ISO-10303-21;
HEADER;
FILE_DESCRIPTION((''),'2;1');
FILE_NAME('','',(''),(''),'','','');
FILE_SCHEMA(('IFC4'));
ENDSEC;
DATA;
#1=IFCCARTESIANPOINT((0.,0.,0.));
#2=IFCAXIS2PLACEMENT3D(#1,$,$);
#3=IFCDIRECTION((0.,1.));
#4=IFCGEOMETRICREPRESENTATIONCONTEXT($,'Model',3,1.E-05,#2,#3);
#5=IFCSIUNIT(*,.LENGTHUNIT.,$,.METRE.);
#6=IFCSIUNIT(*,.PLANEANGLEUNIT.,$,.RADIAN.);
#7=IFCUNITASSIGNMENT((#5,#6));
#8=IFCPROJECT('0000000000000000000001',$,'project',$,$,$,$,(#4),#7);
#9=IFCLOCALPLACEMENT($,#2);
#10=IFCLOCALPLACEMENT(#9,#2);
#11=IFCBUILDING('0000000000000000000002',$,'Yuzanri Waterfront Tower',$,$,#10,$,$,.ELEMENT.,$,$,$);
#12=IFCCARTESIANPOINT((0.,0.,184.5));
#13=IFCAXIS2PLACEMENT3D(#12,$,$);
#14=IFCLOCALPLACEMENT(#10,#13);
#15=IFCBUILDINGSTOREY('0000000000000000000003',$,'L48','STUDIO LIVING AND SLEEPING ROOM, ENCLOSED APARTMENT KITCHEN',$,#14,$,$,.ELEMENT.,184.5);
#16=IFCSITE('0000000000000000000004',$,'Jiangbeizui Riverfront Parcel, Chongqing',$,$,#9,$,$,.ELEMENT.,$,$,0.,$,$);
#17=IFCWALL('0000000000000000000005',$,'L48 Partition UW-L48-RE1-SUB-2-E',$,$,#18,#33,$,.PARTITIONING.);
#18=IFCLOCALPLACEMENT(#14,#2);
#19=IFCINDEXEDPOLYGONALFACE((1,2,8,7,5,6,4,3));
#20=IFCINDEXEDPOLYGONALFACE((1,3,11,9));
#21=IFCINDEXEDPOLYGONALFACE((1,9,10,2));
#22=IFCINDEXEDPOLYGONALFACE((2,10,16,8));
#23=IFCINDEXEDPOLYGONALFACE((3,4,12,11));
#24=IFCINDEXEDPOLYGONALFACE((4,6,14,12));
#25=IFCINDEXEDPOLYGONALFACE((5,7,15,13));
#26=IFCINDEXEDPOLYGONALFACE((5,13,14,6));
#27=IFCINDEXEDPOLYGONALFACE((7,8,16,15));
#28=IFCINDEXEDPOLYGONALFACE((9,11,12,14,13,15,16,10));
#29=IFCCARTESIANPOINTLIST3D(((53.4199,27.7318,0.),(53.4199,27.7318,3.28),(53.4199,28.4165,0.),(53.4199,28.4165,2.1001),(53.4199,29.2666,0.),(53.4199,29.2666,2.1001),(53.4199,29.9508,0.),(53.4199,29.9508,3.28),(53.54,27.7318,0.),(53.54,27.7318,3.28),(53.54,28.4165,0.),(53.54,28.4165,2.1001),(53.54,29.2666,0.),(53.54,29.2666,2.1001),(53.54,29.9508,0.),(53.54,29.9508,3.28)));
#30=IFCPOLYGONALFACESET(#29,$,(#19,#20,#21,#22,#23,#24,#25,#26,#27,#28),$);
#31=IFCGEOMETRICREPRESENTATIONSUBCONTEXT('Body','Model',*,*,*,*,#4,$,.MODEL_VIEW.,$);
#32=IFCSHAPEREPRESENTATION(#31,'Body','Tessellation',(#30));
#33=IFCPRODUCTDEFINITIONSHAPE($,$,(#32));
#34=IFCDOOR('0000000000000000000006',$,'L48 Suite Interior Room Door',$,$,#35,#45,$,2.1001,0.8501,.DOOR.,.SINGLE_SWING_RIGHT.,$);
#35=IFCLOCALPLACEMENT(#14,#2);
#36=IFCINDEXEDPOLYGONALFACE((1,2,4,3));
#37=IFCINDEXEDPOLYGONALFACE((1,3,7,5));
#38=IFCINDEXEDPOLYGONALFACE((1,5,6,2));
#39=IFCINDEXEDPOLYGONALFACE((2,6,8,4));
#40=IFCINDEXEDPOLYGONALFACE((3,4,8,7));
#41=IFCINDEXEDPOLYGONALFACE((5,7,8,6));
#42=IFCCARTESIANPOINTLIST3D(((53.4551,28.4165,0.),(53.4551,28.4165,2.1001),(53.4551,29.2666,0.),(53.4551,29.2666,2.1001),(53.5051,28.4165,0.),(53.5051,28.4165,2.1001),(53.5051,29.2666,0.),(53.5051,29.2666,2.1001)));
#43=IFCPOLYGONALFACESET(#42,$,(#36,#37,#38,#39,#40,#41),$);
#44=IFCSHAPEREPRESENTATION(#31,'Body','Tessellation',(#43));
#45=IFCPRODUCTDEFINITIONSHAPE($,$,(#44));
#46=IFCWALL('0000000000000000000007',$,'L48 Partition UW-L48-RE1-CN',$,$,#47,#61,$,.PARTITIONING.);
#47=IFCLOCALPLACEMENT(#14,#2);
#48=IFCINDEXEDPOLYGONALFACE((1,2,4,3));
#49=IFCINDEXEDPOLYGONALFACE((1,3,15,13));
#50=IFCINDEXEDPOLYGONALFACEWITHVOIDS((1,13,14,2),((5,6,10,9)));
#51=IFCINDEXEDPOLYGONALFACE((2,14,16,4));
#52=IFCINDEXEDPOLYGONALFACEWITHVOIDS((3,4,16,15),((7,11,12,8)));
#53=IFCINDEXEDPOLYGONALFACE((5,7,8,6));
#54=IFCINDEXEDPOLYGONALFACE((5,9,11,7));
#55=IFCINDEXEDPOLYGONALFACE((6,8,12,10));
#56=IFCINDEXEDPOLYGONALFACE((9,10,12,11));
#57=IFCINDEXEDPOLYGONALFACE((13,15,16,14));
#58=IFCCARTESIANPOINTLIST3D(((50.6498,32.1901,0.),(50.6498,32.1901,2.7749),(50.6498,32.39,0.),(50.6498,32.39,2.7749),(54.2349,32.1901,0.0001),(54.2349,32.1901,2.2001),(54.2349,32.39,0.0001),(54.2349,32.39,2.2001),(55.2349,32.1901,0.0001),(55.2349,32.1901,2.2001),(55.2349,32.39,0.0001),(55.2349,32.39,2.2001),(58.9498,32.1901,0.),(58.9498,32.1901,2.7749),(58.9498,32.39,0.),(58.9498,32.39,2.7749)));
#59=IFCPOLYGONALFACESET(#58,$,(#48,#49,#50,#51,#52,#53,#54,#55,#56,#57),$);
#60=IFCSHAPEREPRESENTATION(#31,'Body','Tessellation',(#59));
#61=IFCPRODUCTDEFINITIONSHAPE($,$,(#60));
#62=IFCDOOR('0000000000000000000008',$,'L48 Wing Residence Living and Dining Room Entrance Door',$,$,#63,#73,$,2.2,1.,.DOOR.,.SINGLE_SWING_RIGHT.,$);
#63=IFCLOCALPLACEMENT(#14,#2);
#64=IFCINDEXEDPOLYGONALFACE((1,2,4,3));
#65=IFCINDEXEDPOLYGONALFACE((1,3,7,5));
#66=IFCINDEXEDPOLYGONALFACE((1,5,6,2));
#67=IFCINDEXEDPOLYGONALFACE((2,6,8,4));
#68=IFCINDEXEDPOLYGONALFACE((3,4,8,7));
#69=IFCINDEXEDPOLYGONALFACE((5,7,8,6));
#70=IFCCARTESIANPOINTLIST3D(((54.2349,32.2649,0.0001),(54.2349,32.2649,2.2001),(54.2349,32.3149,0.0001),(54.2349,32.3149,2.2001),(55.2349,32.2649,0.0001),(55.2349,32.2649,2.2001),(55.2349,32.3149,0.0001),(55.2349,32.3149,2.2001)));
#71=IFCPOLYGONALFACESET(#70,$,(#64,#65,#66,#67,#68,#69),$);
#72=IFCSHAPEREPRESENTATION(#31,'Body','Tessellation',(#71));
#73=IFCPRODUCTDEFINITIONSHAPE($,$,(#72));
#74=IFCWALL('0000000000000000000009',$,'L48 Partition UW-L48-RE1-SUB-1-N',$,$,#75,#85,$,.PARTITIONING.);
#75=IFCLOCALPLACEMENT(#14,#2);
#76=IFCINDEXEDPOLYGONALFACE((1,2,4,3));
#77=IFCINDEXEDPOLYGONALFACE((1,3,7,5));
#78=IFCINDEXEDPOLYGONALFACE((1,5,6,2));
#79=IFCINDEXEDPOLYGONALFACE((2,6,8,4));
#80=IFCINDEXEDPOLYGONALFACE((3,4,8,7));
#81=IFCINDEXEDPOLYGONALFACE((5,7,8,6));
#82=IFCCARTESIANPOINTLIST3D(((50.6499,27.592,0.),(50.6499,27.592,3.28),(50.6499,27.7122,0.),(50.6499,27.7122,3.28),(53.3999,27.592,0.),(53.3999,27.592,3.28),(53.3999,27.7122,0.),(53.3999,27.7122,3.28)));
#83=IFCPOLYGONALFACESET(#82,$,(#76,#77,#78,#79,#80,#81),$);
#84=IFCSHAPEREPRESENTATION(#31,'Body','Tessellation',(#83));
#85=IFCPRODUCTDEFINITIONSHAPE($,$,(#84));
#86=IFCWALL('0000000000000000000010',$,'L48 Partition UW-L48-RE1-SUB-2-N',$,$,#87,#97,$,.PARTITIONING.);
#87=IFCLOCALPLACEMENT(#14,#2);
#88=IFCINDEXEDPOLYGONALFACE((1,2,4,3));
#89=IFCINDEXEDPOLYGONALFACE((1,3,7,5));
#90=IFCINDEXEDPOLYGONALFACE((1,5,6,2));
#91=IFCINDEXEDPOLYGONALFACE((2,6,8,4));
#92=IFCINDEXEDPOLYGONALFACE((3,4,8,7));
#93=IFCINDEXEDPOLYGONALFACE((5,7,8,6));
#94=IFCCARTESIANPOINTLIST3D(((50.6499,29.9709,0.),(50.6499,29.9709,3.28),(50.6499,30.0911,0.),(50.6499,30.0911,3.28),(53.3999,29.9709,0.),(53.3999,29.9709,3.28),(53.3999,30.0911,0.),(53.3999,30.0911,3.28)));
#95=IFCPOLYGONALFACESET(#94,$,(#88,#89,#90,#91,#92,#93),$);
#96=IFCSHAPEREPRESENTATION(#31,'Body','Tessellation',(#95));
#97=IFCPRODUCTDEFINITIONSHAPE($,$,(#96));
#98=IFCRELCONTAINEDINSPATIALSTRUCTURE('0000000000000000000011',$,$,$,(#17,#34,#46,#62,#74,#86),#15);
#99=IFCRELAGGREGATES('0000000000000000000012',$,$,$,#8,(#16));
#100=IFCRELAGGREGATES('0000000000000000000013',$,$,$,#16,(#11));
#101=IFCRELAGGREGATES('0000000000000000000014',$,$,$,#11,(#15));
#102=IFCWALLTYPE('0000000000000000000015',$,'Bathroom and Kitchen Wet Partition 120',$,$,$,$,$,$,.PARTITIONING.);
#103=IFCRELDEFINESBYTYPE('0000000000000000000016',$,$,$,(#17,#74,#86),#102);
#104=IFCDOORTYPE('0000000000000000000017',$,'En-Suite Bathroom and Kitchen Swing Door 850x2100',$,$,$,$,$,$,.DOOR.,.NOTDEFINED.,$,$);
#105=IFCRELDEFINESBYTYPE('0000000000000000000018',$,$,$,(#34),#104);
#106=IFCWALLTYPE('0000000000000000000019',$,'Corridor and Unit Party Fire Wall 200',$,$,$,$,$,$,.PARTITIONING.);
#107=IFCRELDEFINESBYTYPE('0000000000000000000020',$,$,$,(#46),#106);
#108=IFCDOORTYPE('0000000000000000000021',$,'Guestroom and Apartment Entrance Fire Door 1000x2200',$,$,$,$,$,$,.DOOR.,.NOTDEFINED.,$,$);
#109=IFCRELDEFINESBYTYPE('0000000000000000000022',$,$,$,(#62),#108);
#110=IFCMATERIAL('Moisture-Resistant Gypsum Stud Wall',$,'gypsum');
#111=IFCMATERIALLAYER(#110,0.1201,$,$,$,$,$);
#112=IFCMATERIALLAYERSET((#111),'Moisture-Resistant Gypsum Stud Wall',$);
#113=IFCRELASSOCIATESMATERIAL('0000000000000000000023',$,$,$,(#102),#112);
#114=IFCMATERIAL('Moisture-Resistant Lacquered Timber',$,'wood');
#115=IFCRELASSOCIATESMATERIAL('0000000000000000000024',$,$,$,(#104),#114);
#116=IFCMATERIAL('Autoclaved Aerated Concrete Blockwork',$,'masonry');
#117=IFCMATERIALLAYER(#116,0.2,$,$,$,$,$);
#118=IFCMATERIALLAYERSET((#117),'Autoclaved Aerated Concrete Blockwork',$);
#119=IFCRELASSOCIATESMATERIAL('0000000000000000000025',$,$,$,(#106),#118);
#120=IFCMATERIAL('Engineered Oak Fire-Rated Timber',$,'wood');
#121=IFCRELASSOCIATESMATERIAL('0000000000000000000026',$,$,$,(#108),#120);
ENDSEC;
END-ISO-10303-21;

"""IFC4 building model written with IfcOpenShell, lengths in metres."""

from ifc_helpers import new_model, si_unit, direction, frame, frame_2d, origin, place, context, subcontext, project, spatial, rectangle, extrude, source, transform, mapped, material, layer, layer_set, type_object, element, fill, save


model = new_model("IFC4")

# Units and contexts
model_context = context("Model", 3, precision=1e-05, world=origin(), true_north=direction((0.0, 1.0)))
body_context = subcontext(model_context, "Body", "Model", "MODEL_VIEW")
ifc_project = project(units=[si_unit("LENGTHUNIT", "METRE"), si_unit("PLANEANGLEUNIT", "RADIAN")], contexts=[model_context])

# Site, building, storey
site_placement = place(None, origin())
site = spatial("IfcSite", under=ifc_project, at=site_placement, Name="Jiangbeizui Riverfront Parcel, Chongqing", CompositionType="ELEMENT", RefElevation=0.0)
building_placement = place(site_placement, origin())
building = spatial("IfcBuilding", under=site, at=building_placement, Name="Yuzanri Waterfront Tower", CompositionType="ELEMENT")
storey_placement = place(building_placement, frame((0.0, 0.0, 184.5)))
storey = spatial("IfcBuildingStorey", under=building, at=storey_placement, Name="L48", Description="STUDIO LIVING AND SLEEPING ROOM, ENCLOSED APARTMENT KITCHEN", CompositionType="ELEMENT", Elevation=184.5)

# Walls, openings, doors
ifc_material_1 = material(Name="Moisture-Resistant Gypsum Stud Wall", Category="gypsum")
ifc_layer_1 = layer(ifc_material_1, 0.1201)
ifc_layer_set_1 = layer_set([ifc_layer_1], Name="Moisture-Resistant Gypsum Stud Wall")
wall_type_1 = type_object("IfcWallType", Name="Bathroom and Kitchen Wet Partition 120", PredefinedType="PARTITIONING", material=ifc_layer_set_1)
ifc_material_2 = material(Name="Moisture-Resistant Lacquered Timber", Category="wood")
door_type_1 = type_object("IfcDoorType", Name="En-Suite Bathroom and Kitchen Swing Door 850x2100", OperationType="NOTDEFINED", PredefinedType="DOOR", material=ifc_material_2)
shared_shape_1 = source(origin(), body_context, "Body", "SweptSolid", [
    extrude(rectangle(XDim=0.8501, YDim=2.1001, at=frame_2d((0.425, 1.05))), frame((0.0, 0.0249, 0.0), z_axis=(0.0, -1.0, 0.0), x_axis=(1.0, 0.0, 0.0)), (0.0, 0.0, 1.0), 0.05),
])
wall_1_placement = place(storey_placement, frame((53.48, 27.7319, 0.0), z_axis=(0.0, 0.0, 1.0), x_axis=(0.0, 1.0, 0.0)))
wall_1 = element("IfcWall", 1, at=wall_1_placement, inside=storey, type_object=wall_type_1, Name="L48 Partition UW-L48-RE1-SUB-2-E", PredefinedType="PARTITIONING", context=body_context, shape_type="SweptSolid", body=[
    extrude(rectangle(XDim=2.219, YDim=0.1201, at=frame_2d((1.1094, 0.0))), origin(), (0.0, 0.0, 1.0), 3.28),
])
opening_1_placement = place(wall_1_placement, frame((0.6846, 0.0, 0.0)))
opening_1 = element("IfcOpeningElement", 2, at=opening_1_placement, cuts=wall_1, PredefinedType="OPENING", context=body_context, shape_type="SweptSolid", body=[
    extrude(rectangle(XDim=0.8501, YDim=2.1001, at=frame_2d((0.425, 1.05))), frame((0.0, 0.075, 0.0), z_axis=(0.0, -1.0, 0.0), x_axis=(1.0, 0.0, 0.0)), (0.0, 0.0, 1.0), 0.1499),
])
door_1_placement = place(opening_1_placement, origin())
door_1 = element("IfcDoor", 3, at=door_1_placement, inside=storey, type_object=door_type_1, Name="L48 Suite Interior Room Door", OperationType="SINGLE_SWING_RIGHT", OverallHeight=2.1001, OverallWidth=0.8501, PredefinedType="DOOR", context=body_context, shape_type="MappedRepresentation", body=[
    mapped(shared_shape_1, transform((0.0, 0.0, 0.0), scale=1.0)),
])
fill(opening_1, door_1)
ifc_material_3 = material(Name="Autoclaved Aerated Concrete Blockwork", Category="masonry")
ifc_layer_2 = layer(ifc_material_3, 0.2)
ifc_layer_set_2 = layer_set([ifc_layer_2], Name="Autoclaved Aerated Concrete Blockwork")
wall_type_2 = type_object("IfcWallType", Name="Corridor and Unit Party Fire Wall 200", PredefinedType="PARTITIONING", material=ifc_layer_set_2)
wall_2_placement = place(storey_placement, frame((50.6499, 32.29, 0.0), z_axis=(0.0, 0.0, 1.0), x_axis=(1.0, 0.0, 0.0)))
wall_2 = element("IfcWall", 4, at=wall_2_placement, inside=storey, type_object=wall_type_2, Name="L48 Partition UW-L48-RE1-CN", PredefinedType="PARTITIONING", context=body_context, shape_type="SweptSolid", body=[
    extrude(rectangle(XDim=8.3, YDim=0.2, at=frame_2d((4.1499, 0.0))), origin(), (0.0, 0.0, 1.0), 2.7749),
])
opening_2_placement = place(wall_2_placement, frame((3.585, 0.0, 0.0)))
opening_2 = element("IfcOpeningElement", 5, at=opening_2_placement, cuts=wall_2, PredefinedType="OPENING", context=body_context, shape_type="SweptSolid", body=[
    extrude(rectangle(XDim=1.0, YDim=2.2, at=frame_2d((0.5, 1.1001))), frame((0.0, 0.1147, 0.0), z_axis=(0.0, -1.0, 0.0), x_axis=(1.0, 0.0, 0.0)), (0.0, 0.0, 1.0), 0.2297),
])
ifc_material_4 = material(Name="Engineered Oak Fire-Rated Timber", Category="wood")
door_type_2 = type_object("IfcDoorType", Name="Guestroom and Apartment Entrance Fire Door 1000x2200", OperationType="NOTDEFINED", PredefinedType="DOOR", material=ifc_material_4)
shared_shape_2 = source(origin(), body_context, "Body", "SweptSolid", [
    extrude(rectangle(XDim=1.0, YDim=2.2, at=frame_2d((0.5, 1.1001))), frame((0.0, 0.0249, 0.0), z_axis=(0.0, -1.0, 0.0), x_axis=(1.0, 0.0, 0.0)), (0.0, 0.0, 1.0), 0.05),
])
door_2_placement = place(opening_2_placement, origin())
door_2 = element("IfcDoor", 6, at=door_2_placement, inside=storey, type_object=door_type_2, Name="L48 Wing Residence Living and Dining Room Entrance Door", OperationType="SINGLE_SWING_RIGHT", OverallHeight=2.2, OverallWidth=1.0, PredefinedType="DOOR", context=body_context, shape_type="MappedRepresentation", body=[
    mapped(shared_shape_2, transform((0.0, 0.0, 0.0), scale=1.0)),
])
fill(opening_2, door_2)

# Walls
shared_shape_3 = source(origin(), body_context, "Body", "SweptSolid", [
    extrude(rectangle(XDim=2.75, YDim=0.1201, at=frame_2d((1.375, 0.0))), origin(), (0.0, 0.0, 1.0), 3.28),
])
for number, where, z_axis, x_axis, name in (
    (7, (50.6499, 27.6521, 0.0), (0.0, 0.0, 1.0), (1.0, 0.0, 0.0), "L48 Partition UW-L48-RE1-SUB-1-N"),
    (8, (50.6499, 30.031, 0.0), (0.0, 0.0, 1.0), (1.0, 0.0, 0.0), "L48 Partition UW-L48-RE1-SUB-2-N"),
):
    element("IfcWall", number, at=place(storey_placement, frame(where, z_axis=z_axis, x_axis=x_axis)), inside=storey, type_object=wall_type_1, Name=name, PredefinedType="PARTITIONING", context=body_context, shape_type="MappedRepresentation", body=[
        mapped(shared_shape_3, transform((0.0, 0.0, 0.0), scale=1.0)),
    ])

save(model, "model.ifc")
